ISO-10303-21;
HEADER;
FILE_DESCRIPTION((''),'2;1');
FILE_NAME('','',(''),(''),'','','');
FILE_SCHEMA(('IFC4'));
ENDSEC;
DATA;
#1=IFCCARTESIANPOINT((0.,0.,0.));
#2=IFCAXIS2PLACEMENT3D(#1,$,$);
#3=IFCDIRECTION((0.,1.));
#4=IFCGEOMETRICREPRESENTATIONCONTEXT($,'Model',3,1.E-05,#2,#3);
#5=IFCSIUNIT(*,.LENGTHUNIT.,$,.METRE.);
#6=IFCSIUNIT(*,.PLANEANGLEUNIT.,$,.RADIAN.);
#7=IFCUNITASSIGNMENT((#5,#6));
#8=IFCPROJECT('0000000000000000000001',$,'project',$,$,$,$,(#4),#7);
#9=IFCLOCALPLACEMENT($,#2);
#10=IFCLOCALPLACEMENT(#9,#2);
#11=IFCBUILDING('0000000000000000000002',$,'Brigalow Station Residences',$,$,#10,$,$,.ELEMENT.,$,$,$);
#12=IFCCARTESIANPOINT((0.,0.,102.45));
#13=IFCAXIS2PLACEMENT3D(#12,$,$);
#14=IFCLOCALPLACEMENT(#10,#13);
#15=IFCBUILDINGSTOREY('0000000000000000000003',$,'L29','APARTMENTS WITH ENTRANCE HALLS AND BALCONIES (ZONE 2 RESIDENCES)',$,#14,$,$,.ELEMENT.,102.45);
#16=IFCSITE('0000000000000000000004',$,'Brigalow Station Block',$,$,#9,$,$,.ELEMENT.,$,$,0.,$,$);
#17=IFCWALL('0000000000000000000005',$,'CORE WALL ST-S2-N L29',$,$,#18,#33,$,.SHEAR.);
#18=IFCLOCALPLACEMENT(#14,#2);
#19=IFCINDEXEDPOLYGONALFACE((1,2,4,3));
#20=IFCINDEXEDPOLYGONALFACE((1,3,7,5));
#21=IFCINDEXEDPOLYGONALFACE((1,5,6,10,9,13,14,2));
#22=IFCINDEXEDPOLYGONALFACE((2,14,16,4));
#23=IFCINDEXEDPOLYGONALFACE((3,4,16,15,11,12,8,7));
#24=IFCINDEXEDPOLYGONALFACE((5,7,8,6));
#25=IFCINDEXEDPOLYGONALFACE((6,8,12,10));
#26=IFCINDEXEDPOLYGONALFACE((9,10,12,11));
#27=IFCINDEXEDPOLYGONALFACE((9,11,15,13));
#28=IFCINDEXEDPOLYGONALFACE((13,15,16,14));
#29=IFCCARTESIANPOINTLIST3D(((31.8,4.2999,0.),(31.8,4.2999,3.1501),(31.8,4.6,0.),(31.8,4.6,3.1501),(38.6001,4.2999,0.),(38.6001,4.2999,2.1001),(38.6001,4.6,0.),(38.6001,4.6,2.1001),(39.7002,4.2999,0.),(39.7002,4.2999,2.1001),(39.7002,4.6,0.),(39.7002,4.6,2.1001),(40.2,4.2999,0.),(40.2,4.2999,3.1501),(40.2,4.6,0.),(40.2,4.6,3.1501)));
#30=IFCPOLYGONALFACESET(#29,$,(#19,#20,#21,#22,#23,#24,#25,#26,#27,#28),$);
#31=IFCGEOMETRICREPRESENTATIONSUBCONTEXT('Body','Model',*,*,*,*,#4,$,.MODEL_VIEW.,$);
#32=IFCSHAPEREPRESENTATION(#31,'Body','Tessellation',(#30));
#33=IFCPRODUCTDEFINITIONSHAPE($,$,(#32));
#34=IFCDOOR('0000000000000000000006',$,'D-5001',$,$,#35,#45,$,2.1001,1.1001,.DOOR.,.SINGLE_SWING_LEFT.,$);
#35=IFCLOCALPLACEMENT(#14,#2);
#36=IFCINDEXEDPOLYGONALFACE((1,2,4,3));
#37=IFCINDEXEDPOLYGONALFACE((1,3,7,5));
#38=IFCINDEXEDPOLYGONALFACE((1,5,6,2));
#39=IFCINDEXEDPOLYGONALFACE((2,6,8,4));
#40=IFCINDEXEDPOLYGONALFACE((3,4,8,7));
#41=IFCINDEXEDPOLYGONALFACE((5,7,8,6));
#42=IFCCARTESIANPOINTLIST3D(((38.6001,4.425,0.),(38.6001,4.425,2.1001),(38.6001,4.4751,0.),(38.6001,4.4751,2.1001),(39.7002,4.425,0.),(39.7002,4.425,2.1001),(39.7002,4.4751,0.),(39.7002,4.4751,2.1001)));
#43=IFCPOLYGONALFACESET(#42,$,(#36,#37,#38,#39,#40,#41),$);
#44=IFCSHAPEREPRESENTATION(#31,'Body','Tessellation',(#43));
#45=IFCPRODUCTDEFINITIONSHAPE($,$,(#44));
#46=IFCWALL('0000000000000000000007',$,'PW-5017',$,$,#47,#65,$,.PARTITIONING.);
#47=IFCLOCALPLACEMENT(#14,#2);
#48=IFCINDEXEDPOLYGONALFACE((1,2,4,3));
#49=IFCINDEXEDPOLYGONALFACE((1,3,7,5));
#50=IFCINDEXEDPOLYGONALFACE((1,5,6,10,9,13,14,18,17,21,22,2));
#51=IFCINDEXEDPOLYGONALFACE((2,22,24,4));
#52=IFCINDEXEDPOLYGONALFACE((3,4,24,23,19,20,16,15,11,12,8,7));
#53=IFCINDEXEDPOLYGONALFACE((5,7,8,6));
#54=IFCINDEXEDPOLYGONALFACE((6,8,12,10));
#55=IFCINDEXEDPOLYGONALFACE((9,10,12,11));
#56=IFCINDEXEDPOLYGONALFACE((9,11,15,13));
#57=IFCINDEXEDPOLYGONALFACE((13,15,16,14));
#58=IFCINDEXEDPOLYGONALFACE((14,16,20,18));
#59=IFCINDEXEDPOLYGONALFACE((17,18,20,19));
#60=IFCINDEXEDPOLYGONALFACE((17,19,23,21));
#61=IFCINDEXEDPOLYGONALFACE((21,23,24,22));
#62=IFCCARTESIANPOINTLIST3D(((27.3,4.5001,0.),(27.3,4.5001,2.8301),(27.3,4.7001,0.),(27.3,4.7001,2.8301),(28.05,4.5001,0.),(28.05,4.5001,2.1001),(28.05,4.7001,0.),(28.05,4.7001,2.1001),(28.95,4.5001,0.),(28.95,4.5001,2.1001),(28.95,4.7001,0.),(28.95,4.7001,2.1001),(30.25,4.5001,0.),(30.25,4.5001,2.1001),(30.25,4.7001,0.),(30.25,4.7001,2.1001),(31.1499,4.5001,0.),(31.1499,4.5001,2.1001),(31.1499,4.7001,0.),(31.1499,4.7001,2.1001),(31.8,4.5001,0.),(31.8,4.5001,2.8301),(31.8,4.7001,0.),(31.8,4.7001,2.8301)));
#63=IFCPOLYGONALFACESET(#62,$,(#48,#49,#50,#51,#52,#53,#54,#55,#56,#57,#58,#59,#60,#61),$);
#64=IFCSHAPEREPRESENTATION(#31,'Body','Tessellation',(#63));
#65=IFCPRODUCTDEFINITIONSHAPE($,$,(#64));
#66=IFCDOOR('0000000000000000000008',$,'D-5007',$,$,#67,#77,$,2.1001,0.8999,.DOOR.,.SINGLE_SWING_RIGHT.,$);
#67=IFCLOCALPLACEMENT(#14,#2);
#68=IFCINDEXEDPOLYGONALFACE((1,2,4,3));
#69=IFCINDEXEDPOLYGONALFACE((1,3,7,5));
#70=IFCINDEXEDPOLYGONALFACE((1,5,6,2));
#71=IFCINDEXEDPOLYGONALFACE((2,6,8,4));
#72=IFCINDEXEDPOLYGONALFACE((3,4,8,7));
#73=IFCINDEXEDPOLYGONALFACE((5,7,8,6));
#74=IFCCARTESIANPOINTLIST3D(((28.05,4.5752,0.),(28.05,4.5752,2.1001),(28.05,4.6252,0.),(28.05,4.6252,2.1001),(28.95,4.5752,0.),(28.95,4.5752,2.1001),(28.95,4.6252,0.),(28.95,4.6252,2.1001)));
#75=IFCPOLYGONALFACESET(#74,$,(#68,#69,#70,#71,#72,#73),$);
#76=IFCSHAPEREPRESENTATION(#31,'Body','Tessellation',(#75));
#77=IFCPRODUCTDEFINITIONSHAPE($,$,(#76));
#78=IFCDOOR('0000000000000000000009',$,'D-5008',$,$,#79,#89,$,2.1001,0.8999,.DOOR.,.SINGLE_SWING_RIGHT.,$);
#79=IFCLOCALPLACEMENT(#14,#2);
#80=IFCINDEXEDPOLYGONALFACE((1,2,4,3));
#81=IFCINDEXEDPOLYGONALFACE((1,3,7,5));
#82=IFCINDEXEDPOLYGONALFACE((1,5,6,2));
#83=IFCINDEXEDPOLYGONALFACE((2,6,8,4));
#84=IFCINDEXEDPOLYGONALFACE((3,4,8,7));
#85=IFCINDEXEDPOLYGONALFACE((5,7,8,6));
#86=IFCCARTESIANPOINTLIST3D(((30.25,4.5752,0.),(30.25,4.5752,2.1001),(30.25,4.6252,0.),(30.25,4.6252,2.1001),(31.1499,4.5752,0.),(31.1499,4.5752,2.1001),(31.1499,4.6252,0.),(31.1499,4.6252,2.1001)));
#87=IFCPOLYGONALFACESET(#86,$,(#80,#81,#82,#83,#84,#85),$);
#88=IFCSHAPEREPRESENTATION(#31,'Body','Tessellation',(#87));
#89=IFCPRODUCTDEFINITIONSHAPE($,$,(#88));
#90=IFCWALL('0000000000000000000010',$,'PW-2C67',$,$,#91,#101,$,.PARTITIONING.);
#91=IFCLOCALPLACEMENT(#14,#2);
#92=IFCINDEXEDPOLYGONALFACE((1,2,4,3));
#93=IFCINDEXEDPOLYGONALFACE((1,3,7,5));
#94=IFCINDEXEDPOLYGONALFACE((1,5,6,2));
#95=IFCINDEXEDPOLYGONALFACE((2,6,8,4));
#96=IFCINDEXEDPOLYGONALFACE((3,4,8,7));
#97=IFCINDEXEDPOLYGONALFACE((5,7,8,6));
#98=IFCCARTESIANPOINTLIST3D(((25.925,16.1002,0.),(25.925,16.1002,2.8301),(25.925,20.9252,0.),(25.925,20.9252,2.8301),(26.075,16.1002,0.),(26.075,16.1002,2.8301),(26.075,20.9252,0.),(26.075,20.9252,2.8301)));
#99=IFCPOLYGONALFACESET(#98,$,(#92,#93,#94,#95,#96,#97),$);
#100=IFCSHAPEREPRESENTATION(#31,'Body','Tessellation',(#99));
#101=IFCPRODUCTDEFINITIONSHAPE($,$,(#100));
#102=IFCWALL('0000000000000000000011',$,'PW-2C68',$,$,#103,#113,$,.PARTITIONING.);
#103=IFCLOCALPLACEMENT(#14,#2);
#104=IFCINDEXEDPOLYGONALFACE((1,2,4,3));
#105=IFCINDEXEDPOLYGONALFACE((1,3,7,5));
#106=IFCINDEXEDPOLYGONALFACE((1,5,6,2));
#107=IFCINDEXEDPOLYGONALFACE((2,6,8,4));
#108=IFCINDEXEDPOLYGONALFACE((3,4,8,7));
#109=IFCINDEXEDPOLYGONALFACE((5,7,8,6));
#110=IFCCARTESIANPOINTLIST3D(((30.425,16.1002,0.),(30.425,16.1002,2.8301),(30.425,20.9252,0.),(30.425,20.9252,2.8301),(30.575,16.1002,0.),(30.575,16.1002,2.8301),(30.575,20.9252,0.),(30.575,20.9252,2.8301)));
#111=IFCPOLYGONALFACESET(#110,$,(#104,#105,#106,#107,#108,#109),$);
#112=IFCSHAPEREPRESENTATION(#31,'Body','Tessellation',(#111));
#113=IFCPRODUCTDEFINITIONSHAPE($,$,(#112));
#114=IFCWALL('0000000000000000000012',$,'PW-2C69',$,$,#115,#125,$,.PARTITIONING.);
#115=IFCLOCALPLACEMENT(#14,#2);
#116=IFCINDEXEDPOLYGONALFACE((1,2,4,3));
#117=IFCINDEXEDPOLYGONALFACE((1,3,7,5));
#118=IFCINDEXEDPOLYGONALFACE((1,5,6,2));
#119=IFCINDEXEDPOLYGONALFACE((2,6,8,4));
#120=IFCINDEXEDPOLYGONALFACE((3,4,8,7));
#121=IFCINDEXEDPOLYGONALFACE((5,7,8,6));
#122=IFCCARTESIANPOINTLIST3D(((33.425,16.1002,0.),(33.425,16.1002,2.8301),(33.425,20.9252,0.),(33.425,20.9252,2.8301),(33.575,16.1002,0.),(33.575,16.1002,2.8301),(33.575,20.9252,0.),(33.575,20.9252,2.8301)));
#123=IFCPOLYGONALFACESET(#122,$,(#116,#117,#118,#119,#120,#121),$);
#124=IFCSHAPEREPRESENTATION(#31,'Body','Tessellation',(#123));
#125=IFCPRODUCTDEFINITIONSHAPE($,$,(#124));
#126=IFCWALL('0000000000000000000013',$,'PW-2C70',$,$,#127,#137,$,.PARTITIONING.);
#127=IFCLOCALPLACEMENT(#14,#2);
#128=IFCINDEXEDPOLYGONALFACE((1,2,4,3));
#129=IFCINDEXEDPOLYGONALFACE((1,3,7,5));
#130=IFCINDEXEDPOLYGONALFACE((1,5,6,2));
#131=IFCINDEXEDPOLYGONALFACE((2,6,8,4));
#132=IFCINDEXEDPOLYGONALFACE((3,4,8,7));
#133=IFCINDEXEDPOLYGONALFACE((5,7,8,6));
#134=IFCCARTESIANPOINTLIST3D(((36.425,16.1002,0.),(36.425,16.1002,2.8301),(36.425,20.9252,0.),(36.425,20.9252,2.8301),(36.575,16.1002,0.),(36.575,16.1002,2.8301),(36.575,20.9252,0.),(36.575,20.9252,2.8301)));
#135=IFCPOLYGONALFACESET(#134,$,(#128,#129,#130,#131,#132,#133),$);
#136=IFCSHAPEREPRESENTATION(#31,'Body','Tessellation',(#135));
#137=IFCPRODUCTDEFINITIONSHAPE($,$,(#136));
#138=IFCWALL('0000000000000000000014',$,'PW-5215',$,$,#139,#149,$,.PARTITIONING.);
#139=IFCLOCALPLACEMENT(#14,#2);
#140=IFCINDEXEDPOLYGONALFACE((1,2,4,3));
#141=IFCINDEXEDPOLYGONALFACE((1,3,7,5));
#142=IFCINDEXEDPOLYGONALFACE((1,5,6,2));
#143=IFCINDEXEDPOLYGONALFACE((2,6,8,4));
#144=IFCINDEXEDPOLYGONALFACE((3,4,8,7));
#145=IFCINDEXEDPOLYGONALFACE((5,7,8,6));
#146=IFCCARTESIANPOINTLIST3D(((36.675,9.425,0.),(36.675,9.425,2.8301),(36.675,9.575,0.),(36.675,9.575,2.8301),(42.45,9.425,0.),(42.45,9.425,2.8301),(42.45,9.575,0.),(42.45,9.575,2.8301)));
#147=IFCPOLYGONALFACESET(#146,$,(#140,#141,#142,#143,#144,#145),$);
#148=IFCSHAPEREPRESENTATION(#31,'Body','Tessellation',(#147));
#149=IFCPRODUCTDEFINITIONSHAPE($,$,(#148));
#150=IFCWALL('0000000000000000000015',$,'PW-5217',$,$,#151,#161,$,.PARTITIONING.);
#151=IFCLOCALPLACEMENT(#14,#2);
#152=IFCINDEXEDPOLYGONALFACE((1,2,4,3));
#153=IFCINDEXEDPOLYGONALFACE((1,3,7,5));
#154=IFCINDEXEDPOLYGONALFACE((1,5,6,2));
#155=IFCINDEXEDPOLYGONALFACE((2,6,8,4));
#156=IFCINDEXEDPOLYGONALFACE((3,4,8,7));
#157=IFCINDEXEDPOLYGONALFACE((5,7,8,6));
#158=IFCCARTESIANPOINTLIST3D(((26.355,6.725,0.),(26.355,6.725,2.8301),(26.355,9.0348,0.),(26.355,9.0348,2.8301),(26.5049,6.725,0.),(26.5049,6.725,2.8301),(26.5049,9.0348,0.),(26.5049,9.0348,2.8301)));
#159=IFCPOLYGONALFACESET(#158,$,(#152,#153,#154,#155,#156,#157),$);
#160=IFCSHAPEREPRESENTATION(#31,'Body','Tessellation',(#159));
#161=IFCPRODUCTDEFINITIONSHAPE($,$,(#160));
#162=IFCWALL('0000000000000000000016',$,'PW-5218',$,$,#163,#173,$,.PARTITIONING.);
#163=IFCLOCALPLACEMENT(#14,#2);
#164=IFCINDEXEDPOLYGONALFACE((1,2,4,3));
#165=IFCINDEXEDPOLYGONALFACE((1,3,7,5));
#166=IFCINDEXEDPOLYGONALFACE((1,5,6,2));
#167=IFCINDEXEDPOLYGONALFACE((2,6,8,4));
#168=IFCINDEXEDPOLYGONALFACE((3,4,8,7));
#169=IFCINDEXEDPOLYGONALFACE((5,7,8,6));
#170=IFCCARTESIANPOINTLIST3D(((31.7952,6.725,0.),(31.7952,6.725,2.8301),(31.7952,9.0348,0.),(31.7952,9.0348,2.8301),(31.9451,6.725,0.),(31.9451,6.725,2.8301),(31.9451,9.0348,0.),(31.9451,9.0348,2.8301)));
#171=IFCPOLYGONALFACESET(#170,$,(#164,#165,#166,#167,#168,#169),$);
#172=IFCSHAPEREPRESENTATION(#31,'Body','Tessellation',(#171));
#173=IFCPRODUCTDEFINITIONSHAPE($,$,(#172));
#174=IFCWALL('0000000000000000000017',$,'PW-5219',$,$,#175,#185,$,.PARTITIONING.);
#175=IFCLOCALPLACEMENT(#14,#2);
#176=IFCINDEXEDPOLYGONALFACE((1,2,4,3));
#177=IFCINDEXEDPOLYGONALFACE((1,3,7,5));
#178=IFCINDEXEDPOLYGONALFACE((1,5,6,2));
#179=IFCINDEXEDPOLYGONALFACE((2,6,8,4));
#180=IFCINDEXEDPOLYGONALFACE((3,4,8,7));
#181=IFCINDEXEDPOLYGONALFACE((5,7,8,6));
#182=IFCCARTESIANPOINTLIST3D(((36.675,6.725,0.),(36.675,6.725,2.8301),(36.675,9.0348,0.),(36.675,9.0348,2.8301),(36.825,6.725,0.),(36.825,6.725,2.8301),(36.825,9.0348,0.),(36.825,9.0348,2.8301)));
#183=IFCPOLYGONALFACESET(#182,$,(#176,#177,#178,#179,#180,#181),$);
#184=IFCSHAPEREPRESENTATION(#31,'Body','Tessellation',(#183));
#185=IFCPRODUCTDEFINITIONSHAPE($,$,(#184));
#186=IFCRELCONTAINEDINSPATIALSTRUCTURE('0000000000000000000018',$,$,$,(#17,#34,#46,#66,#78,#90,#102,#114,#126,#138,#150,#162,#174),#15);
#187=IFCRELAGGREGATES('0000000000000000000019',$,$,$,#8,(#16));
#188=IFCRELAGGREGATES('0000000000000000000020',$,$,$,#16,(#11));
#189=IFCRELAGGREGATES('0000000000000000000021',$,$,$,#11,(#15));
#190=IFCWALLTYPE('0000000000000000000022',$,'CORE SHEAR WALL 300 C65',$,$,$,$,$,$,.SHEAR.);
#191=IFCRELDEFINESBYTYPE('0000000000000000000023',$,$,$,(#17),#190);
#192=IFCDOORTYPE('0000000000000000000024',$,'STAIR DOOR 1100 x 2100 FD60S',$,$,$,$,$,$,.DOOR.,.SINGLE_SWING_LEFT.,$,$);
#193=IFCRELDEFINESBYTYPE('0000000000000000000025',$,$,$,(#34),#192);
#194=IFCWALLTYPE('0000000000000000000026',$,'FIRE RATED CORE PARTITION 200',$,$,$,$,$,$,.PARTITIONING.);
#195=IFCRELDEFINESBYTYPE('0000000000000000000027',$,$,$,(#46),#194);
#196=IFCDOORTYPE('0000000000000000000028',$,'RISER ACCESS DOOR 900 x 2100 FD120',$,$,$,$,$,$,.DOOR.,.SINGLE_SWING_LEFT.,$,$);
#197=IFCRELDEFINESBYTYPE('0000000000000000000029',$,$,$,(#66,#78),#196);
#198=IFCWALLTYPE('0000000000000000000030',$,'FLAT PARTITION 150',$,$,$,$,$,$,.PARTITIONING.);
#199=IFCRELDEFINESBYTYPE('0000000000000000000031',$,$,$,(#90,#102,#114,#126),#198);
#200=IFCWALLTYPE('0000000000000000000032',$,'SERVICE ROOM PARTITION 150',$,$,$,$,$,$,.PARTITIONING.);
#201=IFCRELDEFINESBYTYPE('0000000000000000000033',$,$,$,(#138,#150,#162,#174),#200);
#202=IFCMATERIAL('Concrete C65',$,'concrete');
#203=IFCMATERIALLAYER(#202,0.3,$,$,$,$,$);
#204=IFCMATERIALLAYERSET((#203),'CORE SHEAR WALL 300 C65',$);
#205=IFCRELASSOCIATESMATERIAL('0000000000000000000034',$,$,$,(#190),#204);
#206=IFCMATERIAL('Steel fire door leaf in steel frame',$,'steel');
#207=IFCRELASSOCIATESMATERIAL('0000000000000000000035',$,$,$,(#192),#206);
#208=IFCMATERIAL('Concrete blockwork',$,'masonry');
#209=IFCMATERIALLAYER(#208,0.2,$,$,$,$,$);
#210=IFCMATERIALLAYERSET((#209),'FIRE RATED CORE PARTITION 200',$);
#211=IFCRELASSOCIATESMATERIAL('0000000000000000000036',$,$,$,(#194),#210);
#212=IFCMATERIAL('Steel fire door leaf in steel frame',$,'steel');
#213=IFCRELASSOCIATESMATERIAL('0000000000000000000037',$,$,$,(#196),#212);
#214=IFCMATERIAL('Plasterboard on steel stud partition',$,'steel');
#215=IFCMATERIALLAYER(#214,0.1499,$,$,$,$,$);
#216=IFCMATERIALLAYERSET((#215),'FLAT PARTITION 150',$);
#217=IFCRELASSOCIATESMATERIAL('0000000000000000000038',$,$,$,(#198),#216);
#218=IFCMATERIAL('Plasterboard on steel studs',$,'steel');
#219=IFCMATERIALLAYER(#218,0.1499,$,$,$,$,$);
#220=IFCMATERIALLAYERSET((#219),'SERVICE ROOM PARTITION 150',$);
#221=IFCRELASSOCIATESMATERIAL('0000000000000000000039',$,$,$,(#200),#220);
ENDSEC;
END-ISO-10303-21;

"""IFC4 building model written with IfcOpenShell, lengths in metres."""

from ifc_helpers import new_model, si_unit, direction, frame, frame_2d, origin, place, context, subcontext, project, spatial, rectangle, extrude, material, layer, layer_set, type_object, element, fill, save


model = new_model("IFC4")

# Units and contexts
model_context = context("Model", 3, precision=1e-05, world=origin(), true_north=direction((0.0, 1.0)))
body_context = subcontext(model_context, "Body", "Model", "MODEL_VIEW")
ifc_project = project(units=[si_unit("LENGTHUNIT", "METRE"), si_unit("PLANEANGLEUNIT", "RADIAN")], contexts=[model_context])

# Site, building, storey
site_placement = place(None, origin())
site = spatial("IfcSite", under=ifc_project, at=site_placement, Name="Brigalow Station Block", CompositionType="ELEMENT", RefElevation=0.0)
building_placement = place(site_placement, origin())
building = spatial("IfcBuilding", under=site, at=building_placement, Name="Brigalow Station Residences", CompositionType="ELEMENT")
storey_placement = place(building_placement, frame((0.0, 0.0, 102.45)))
storey = spatial("IfcBuildingStorey", under=building, at=storey_placement, Name="L29", Description="APARTMENTS WITH ENTRANCE HALLS AND BALCONIES (ZONE 2 RESIDENCES)", CompositionType="ELEMENT", Elevation=102.45)

# Wall, opening, door
ifc_material_1 = material(Name="Concrete C65", Category="concrete")
ifc_layer_1 = layer(ifc_material_1, 0.3)
ifc_layer_set_1 = layer_set([ifc_layer_1], Name="CORE SHEAR WALL 300 C65")
wall_type_1 = type_object("IfcWallType", Name="CORE SHEAR WALL 300 C65", PredefinedType="SHEAR", material=ifc_layer_set_1)
wall_1_placement = place(storey_placement, frame((31.8, 4.45, 0.0), z_axis=(0.0, 0.0, 1.0), x_axis=(1.0, 0.0, 0.0)))
wall_1 = element("IfcWall", 1, at=wall_1_placement, inside=storey, type_object=wall_type_1, Name="CORE WALL ST-S2-N L29", PredefinedType="SHEAR", context=body_context, shape_type="SweptSolid", body=[
    extrude(rectangle(XDim=8.3999, YDim=0.3, at=frame_2d((4.2, 0.0))), origin(), (0.0, 0.0, 1.0), 3.1501),
])
opening_1_placement = place(wall_1_placement, frame((6.8, 0.0, 0.0)))
opening_1 = element("IfcOpeningElement", 2, at=opening_1_placement, cuts=wall_1, PredefinedType="OPENING", context=body_context, shape_type="SweptSolid", body=[
    extrude(rectangle(XDim=1.1001, YDim=2.1001, at=frame_2d((0.55, 1.05))), frame((0.0, 0.1602, 0.0), z_axis=(0.0, -1.0, 0.0), x_axis=(1.0, 0.0, 0.0)), (0.0, 0.0, 1.0), 0.3201),
])
ifc_material_2 = material(Name="Steel fire door leaf in steel frame", Category="steel")
door_type_1 = type_object("IfcDoorType", Name="STAIR DOOR 1100 x 2100 FD60S", OperationType="SINGLE_SWING_LEFT", PredefinedType="DOOR", material=ifc_material_2)
door_1_placement = place(opening_1_placement, frame((1.1001, 0.0, 0.0), z_axis=(0.0, 0.0, 1.0), x_axis=(-1.0, 0.0, 0.0)))
door_1 = element("IfcDoor", 3, at=door_1_placement, inside=storey, type_object=door_type_1, Name="D-5001", OperationType="SINGLE_SWING_LEFT", OverallHeight=2.1001, OverallWidth=1.1001, PredefinedType="DOOR", context=body_context, shape_type="SweptSolid", body=[
    extrude(rectangle(XDim=1.1001, YDim=2.1001, at=frame_2d((0.55, 1.05))), frame((0.0, 0.0249, 0.0), z_axis=(0.0, -1.0, 0.0), x_axis=(1.0, 0.0, 0.0)), (0.0, 0.0, 1.0), 0.05),
])
fill(opening_1, door_1)

# Wall, openings, doors
ifc_material_3 = material(Name="Concrete blockwork", Category="masonry")
ifc_layer_2 = layer(ifc_material_3, 0.2)
ifc_layer_set_2 = layer_set([ifc_layer_2], Name="FIRE RATED CORE PARTITION 200")
wall_type_2 = type_object("IfcWallType", Name="FIRE RATED CORE PARTITION 200", PredefinedType="PARTITIONING", material=ifc_layer_set_2)
wall_2_placement = place(storey_placement, frame((27.3, 4.6001, 0.0), z_axis=(0.0, 0.0, 1.0), x_axis=(1.0, 0.0, 0.0)))
wall_2 = element("IfcWall", 4, at=wall_2_placement, inside=storey, type_object=wall_type_2, Name="PW-5017", PredefinedType="PARTITIONING", context=body_context, shape_type="SweptSolid", body=[
    extrude(rectangle(XDim=4.5, YDim=0.2, at=frame_2d((2.25, 0.0))), origin(), (0.0, 0.0, 1.0), 2.8301),
])
opening_2_placement = place(wall_2_placement, frame((0.75, 0.0, 0.0)))
opening_2 = element("IfcOpeningElement", 5, at=opening_2_placement, cuts=wall_2, PredefinedType="OPENING", context=body_context, shape_type="SweptSolid", body=[
    extrude(rectangle(XDim=0.8999, YDim=2.1001, at=frame_2d((0.45, 1.05))), frame((0.0, 0.1099, 0.0), z_axis=(0.0, -1.0, 0.0), x_axis=(1.0, 0.0, 0.0)), (0.0, 0.0, 1.0), 0.22),
])
opening_3_placement = place(wall_2_placement, frame((2.95, 0.0, 0.0)))
opening_3 = element("IfcOpeningElement", 6, at=opening_3_placement, cuts=wall_2, PredefinedType="OPENING", context=body_context, shape_type="SweptSolid", body=[
    extrude(rectangle(XDim=0.8999, YDim=2.1001, at=frame_2d((0.45, 1.05))), frame((0.0, 0.1099, 0.0), z_axis=(0.0, -1.0, 0.0), x_axis=(1.0, 0.0, 0.0)), (0.0, 0.0, 1.0), 0.22),
])
ifc_material_4 = material(Name="Steel fire door leaf in steel frame", Category="steel")
door_type_2 = type_object("IfcDoorType", Name="RISER ACCESS DOOR 900 x 2100 FD120", OperationType="SINGLE_SWING_LEFT", PredefinedType="DOOR", material=ifc_material_4)
door_2_placement = place(opening_2_placement, frame((0.8999, 0.0, 0.0), z_axis=(0.0, 0.0, 1.0), x_axis=(-1.0, 0.0, 0.0)))
door_2 = element("IfcDoor", 7, at=door_2_placement, inside=storey, type_object=door_type_2, Name="D-5007", OperationType="SINGLE_SWING_RIGHT", OverallHeight=2.1001, OverallWidth=0.8999, PredefinedType="DOOR", context=body_context, shape_type="SweptSolid", body=[
    extrude(rectangle(XDim=0.8999, YDim=2.1001, at=frame_2d((0.45, 1.05))), frame((0.0, 0.0249, 0.0), z_axis=(0.0, -1.0, 0.0), x_axis=(1.0, 0.0, 0.0)), (0.0, 0.0, 1.0), 0.05),
])
fill(opening_2, door_2)
door_3_placement = place(opening_3_placement, frame((0.8999, 0.0, 0.0), z_axis=(0.0, 0.0, 1.0), x_axis=(-1.0, 0.0, 0.0)))
door_3 = element("IfcDoor", 8, at=door_3_placement, inside=storey, type_object=door_type_2, Name="D-5008", OperationType="SINGLE_SWING_RIGHT", OverallHeight=2.1001, OverallWidth=0.8999, PredefinedType="DOOR", context=body_context, shape_type="SweptSolid", body=[
    extrude(rectangle(XDim=0.8999, YDim=2.1001, at=frame_2d((0.45, 1.05))), frame((0.0, 0.0249, 0.0), z_axis=(0.0, -1.0, 0.0), x_axis=(1.0, 0.0, 0.0)), (0.0, 0.0, 1.0), 0.05),
])
fill(opening_3, door_3)

# Walls
ifc_material_5 = material(Name="Plasterboard on steel stud partition", Category="steel")
ifc_layer_3 = layer(ifc_material_5, 0.1499)
ifc_layer_set_3 = layer_set([ifc_layer_3], Name="FLAT PARTITION 150")
wall_type_3 = type_object("IfcWallType", Name="FLAT PARTITION 150", PredefinedType="PARTITIONING", material=ifc_layer_set_3)
for number, where, z_axis, x_axis, name in (
    (9, (26.0, 16.1001, 0.0), (0.0, 0.0, 1.0), (0.0, 1.0, 0.0), "PW-2C67"),
    (10, (30.5, 16.1001, 0.0), (0.0, 0.0, 1.0), (0.0, 1.0, 0.0), "PW-2C68"),
    (11, (33.5, 16.1001, 0.0), (0.0, 0.0, 1.0), (0.0, 1.0, 0.0), "PW-2C69"),
    (12, (36.5, 16.1001, 0.0), (0.0, 0.0, 1.0), (0.0, 1.0, 0.0), "PW-2C70"),
):
    element("IfcWall", number, at=place(storey_placement, frame(where, z_axis=z_axis, x_axis=x_axis)), inside=storey, type_object=wall_type_3, Name=name, PredefinedType="PARTITIONING", context=body_context, shape_type="SweptSolid", body=[
        extrude(rectangle(XDim=4.825, YDim=0.1499, at=frame_2d((2.4126, 0.0))), origin(), (0.0, 0.0, 1.0), 2.8301),
    ])
ifc_material_6 = material(Name="Plasterboard on steel studs", Category="steel")
ifc_layer_4 = layer(ifc_material_6, 0.1499)
ifc_layer_set_4 = layer_set([ifc_layer_4], Name="SERVICE ROOM PARTITION 150")
wall_type_4 = type_object("IfcWallType", Name="SERVICE ROOM PARTITION 150", PredefinedType="PARTITIONING", material=ifc_layer_set_4)
wall_3_placement = place(storey_placement, frame((36.675, 9.5, 0.0), z_axis=(0.0, 0.0, 1.0), x_axis=(1.0, 0.0, 0.0)))
element("IfcWall", 13, at=wall_3_placement, inside=storey, type_object=wall_type_4, Name="PW-5215", PredefinedType="PARTITIONING", context=body_context, shape_type="SweptSolid", body=[
    extrude(rectangle(XDim=5.7749, YDim=0.1499, at=frame_2d((2.8875, 0.0))), origin(), (0.0, 0.0, 1.0), 2.8301),
])
for number, where, z_axis, x_axis, name in (
    (14, (26.4299, 6.7251, 0.0), (0.0, 0.0, 1.0), (0.0, 1.0, 0.0), "PW-5217"),
    (15, (31.8701, 6.7251, 0.0), (0.0, 0.0, 1.0), (0.0, 1.0, 0.0), "PW-5218"),
    (16, (36.75, 6.7251, 0.0), (0.0, 0.0, 1.0), (0.0, 1.0, 0.0), "PW-5219"),
):
    element("IfcWall", number, at=place(storey_placement, frame(where, z_axis=z_axis, x_axis=x_axis)), inside=storey, type_object=wall_type_4, Name=name, PredefinedType="PARTITIONING", context=body_context, shape_type="SweptSolid", body=[
        extrude(rectangle(XDim=2.3098, YDim=0.1499, at=frame_2d((1.1548, 0.0))), origin(), (0.0, 0.0, 1.0), 2.8301),
    ])

save(model, "model.ifc")
